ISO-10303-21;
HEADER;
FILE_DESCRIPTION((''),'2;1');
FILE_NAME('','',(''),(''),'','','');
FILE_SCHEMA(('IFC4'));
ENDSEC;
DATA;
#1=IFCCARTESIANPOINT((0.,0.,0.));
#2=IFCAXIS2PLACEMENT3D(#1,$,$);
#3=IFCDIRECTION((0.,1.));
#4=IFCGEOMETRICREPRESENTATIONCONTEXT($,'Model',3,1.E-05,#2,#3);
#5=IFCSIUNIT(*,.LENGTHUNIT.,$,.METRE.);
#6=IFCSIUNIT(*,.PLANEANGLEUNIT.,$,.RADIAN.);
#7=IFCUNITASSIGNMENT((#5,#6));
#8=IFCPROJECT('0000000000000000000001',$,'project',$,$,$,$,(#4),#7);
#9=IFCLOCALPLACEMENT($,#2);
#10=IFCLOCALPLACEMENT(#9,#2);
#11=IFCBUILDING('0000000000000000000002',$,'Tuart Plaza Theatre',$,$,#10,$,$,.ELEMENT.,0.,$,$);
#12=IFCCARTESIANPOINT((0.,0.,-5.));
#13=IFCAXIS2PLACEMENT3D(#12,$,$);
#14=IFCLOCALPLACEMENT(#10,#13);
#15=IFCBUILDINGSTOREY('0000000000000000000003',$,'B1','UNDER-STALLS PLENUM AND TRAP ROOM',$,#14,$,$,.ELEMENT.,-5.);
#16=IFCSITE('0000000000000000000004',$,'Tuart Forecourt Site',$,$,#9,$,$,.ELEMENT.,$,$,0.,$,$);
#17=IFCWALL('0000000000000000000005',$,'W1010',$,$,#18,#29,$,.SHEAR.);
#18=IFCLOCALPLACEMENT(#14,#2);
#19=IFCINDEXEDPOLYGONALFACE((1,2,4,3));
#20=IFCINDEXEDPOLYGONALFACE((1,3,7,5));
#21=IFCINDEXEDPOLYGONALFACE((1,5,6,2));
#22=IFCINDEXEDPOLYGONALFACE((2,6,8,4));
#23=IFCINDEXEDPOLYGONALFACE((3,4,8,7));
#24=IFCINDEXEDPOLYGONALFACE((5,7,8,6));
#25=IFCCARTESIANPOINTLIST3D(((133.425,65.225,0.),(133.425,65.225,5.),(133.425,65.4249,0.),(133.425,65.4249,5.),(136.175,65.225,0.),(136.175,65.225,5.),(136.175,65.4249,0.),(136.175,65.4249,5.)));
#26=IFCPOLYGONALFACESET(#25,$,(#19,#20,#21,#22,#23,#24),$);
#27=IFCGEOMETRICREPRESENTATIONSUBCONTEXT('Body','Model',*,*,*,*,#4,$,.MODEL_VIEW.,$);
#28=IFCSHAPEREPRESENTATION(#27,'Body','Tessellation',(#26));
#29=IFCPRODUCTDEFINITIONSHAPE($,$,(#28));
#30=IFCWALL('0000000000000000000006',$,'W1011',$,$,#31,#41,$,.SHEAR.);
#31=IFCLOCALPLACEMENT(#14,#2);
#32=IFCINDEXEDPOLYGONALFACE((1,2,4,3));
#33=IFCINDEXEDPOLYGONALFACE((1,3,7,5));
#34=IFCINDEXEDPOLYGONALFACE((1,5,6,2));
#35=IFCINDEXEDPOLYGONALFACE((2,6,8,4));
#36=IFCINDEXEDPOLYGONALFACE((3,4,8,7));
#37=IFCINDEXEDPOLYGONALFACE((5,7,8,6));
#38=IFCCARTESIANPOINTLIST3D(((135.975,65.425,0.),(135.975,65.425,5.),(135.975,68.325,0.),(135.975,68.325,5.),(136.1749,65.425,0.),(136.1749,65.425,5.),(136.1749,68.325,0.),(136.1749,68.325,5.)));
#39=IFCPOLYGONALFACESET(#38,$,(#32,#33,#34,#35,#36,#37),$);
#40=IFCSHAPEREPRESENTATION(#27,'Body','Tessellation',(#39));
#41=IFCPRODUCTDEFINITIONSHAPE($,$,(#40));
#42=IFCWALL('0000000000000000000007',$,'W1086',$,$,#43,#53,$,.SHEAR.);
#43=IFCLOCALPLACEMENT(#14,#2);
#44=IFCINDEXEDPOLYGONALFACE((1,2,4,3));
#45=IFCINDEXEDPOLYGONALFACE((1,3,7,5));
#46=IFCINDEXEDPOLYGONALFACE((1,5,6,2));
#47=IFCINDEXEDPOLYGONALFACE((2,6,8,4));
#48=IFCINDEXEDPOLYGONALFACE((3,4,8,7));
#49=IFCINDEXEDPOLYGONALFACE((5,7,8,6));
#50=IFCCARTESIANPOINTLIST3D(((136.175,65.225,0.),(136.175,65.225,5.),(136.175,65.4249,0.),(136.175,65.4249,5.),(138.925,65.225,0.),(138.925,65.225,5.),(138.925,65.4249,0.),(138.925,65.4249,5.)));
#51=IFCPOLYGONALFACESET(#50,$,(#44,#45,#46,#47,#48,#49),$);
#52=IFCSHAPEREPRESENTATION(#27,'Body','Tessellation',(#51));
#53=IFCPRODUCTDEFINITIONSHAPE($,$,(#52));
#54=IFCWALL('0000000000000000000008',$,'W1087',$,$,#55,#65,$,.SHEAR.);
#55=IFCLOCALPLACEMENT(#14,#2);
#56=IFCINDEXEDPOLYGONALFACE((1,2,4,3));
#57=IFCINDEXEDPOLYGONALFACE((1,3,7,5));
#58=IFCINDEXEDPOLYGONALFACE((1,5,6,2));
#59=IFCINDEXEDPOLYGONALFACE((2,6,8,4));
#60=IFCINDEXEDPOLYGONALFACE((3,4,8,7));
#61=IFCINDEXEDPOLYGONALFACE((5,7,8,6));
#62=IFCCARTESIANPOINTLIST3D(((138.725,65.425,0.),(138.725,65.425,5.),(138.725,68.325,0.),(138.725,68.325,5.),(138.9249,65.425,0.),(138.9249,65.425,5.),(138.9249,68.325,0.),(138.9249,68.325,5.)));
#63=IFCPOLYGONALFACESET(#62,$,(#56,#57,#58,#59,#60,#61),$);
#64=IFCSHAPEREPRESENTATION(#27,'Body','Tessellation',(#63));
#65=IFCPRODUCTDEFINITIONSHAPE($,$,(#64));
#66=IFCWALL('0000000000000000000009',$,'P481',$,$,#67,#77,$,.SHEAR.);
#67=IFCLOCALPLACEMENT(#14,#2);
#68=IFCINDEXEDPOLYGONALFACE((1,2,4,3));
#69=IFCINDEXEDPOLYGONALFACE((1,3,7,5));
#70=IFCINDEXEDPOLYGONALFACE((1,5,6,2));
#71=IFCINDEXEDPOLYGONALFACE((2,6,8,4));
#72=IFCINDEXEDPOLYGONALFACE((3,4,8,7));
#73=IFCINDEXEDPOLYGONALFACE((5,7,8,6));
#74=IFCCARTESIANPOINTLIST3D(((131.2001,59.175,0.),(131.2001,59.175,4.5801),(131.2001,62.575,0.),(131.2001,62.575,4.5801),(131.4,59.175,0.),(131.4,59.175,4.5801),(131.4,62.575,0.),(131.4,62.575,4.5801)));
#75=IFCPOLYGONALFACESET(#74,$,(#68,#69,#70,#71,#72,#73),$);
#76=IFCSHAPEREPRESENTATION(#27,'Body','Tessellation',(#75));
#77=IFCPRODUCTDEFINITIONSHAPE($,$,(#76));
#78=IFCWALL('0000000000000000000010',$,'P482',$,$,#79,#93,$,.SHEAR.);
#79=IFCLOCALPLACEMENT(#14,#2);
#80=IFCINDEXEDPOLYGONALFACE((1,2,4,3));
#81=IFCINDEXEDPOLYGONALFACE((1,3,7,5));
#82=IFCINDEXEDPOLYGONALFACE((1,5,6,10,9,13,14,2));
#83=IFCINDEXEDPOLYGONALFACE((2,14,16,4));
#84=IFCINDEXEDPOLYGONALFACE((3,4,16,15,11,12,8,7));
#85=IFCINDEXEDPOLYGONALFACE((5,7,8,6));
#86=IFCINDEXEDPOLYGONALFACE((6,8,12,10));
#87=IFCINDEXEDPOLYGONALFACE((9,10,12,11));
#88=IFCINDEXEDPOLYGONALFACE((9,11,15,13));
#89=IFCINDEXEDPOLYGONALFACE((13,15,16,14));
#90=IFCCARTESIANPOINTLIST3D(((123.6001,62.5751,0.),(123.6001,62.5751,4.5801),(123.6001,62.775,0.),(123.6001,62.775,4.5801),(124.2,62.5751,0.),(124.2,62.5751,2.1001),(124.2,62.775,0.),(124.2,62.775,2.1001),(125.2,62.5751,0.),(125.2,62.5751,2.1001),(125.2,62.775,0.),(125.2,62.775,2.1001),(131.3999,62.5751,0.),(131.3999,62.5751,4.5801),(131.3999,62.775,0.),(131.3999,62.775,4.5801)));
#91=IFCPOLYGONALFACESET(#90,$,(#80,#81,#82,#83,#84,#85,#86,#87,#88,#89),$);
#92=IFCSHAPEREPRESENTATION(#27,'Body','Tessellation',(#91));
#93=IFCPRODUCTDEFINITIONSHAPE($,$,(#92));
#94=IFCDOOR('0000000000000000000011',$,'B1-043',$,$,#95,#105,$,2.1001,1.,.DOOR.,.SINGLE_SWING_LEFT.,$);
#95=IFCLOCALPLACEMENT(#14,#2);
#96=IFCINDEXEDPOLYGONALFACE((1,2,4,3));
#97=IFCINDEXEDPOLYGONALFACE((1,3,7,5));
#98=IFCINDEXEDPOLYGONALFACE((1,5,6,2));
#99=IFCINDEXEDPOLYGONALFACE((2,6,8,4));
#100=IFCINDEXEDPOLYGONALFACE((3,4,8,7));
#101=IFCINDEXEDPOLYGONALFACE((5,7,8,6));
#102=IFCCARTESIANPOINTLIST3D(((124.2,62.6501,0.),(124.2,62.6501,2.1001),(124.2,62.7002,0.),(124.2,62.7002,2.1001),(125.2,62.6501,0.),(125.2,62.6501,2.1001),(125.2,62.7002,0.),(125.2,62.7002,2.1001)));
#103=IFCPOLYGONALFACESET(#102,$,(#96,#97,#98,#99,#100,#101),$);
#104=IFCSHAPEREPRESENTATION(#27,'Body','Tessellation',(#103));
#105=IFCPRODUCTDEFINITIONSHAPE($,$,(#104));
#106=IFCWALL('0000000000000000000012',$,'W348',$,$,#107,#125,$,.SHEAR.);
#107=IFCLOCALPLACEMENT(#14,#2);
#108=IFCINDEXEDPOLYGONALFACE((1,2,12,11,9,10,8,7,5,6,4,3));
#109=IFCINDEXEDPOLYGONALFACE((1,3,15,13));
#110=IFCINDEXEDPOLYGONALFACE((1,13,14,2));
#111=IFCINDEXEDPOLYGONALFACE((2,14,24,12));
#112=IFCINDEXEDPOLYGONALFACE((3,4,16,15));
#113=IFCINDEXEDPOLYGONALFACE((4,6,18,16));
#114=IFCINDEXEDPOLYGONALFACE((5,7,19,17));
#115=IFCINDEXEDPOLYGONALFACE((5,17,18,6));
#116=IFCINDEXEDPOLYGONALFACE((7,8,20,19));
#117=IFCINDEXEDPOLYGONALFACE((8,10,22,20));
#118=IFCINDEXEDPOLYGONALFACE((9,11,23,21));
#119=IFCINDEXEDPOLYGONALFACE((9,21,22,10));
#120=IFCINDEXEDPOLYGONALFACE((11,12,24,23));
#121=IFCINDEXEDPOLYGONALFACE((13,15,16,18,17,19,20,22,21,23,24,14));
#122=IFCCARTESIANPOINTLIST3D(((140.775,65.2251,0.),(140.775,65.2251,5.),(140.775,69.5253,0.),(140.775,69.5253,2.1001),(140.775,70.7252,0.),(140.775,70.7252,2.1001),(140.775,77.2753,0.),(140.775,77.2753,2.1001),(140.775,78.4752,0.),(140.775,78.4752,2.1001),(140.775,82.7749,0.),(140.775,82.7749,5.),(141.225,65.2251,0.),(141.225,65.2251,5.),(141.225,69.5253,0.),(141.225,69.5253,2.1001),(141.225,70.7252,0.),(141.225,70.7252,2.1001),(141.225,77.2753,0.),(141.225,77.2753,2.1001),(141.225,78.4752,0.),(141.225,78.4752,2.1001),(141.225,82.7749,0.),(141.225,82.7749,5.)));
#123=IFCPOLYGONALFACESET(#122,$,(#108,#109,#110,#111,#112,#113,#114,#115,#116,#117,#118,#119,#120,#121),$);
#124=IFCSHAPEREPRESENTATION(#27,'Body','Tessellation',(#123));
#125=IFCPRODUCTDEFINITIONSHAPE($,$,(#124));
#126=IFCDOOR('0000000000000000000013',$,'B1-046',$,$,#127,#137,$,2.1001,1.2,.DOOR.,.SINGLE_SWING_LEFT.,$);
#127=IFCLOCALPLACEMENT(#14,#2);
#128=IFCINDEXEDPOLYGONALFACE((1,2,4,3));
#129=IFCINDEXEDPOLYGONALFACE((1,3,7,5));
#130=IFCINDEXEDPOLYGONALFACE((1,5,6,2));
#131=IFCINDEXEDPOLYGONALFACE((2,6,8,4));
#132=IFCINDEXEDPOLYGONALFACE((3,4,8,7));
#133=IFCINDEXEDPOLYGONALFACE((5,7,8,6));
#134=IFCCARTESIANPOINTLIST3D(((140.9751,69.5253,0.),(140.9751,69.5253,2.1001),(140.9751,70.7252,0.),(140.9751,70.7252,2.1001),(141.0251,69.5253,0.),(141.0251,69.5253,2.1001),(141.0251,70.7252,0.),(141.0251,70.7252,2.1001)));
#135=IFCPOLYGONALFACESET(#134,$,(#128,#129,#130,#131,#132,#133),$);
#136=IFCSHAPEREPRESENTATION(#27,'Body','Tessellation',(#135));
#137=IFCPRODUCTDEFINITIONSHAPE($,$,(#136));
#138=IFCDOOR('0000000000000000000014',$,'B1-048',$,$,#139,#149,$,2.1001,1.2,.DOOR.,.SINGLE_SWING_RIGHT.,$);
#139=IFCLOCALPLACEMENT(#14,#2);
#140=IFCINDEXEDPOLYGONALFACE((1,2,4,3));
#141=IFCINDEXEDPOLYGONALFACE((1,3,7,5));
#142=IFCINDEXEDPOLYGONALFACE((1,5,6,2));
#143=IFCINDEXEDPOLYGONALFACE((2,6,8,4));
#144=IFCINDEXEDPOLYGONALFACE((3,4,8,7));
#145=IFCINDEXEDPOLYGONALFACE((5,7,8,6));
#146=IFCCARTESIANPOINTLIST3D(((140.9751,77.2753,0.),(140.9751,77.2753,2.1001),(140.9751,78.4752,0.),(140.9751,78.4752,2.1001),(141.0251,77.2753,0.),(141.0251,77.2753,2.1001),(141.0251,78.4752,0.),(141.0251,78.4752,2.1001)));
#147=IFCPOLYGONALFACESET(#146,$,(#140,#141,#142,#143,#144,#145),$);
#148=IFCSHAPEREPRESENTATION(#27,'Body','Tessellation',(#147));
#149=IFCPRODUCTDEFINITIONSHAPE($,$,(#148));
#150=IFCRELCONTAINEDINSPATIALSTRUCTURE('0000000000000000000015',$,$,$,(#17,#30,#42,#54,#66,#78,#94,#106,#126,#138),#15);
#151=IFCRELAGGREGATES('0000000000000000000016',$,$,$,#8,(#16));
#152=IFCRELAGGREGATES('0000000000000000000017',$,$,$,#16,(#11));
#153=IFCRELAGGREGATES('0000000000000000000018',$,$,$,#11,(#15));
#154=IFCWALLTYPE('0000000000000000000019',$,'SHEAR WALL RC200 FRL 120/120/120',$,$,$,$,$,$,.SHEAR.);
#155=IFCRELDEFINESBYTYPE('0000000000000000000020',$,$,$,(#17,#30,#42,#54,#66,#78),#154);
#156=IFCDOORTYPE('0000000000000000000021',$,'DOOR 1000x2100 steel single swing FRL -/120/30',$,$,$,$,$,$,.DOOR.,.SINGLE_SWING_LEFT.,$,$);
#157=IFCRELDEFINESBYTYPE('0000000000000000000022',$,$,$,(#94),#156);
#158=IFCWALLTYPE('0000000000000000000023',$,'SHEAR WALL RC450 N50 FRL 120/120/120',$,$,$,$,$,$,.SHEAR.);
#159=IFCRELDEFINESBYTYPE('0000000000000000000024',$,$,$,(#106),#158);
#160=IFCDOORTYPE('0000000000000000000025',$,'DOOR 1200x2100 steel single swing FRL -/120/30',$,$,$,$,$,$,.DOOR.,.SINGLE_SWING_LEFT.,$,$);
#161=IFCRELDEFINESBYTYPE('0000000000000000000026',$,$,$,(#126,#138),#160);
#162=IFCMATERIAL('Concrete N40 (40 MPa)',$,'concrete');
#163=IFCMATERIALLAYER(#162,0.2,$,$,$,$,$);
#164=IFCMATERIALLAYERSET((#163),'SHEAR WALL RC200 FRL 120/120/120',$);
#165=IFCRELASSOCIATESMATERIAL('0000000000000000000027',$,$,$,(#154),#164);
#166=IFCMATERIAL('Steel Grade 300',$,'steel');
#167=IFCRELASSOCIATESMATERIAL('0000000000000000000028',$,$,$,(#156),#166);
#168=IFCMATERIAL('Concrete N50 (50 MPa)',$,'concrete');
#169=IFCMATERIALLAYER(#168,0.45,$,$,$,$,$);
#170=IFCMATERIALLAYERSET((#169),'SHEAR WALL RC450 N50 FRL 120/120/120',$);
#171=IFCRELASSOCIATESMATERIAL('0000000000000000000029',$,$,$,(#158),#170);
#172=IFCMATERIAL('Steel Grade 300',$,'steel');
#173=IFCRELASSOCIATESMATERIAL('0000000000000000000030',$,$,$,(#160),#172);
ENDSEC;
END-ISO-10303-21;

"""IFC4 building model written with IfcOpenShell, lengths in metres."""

from ifc_helpers import new_model, si_unit, direction, frame, frame_2d, origin, place, context, subcontext, project, spatial, rectangle, extrude, material, layer, layer_set, type_object, element, fill, save


model = new_model("IFC4")

# Units and contexts
model_context = context("Model", 3, precision=1e-05, world=origin(), true_north=direction((0.0, 1.0)))
body_context = subcontext(model_context, "Body", "Model", "MODEL_VIEW")
ifc_project = project(units=[si_unit("LENGTHUNIT", "METRE"), si_unit("PLANEANGLEUNIT", "RADIAN")], contexts=[model_context])

# Site, building, storey
site_placement = place(None, origin())
site = spatial("IfcSite", under=ifc_project, at=site_placement, Name="Tuart Forecourt Site", CompositionType="ELEMENT", RefElevation=0.0)
building_placement = place(site_placement, origin())
building = spatial("IfcBuilding", under=site, at=building_placement, Name="Tuart Plaza Theatre", CompositionType="ELEMENT", ElevationOfRefHeight=0.0)
storey_placement = place(building_placement, frame((0.0, 0.0, -5.0)))
storey = spatial("IfcBuildingStorey", under=building, at=storey_placement, Name="B1", Description="UNDER-STALLS PLENUM AND TRAP ROOM", CompositionType="ELEMENT", Elevation=-5.0)

# Walls
ifc_material_1 = material(Name="Concrete N40 (40 MPa)", Category="concrete")
ifc_layer_1 = layer(ifc_material_1, 0.2)
ifc_layer_set_1 = layer_set([ifc_layer_1], Name="SHEAR WALL RC200 FRL 120/120/120")
wall_type_1 = type_object("IfcWallType", Name="SHEAR WALL RC200 FRL 120/120/120", PredefinedType="SHEAR", material=ifc_layer_set_1)
wall_1_placement = place(storey_placement, frame((133.425, 65.325, 0.0), z_axis=(0.0, 0.0, 1.0), x_axis=(1.0, 0.0, 0.0)))
element("IfcWall", 1, at=wall_1_placement, inside=storey, type_object=wall_type_1, Name="W1010", PredefinedType="SHEAR", context=body_context, shape_type="SweptSolid", body=[
    extrude(rectangle(XDim=2.75, YDim=0.2, at=frame_2d((1.375, 0.0))), origin(), (0.0, 0.0, 1.0), 5.0),
])
wall_2_placement = place(storey_placement, frame((136.075, 65.425, 0.0), z_axis=(0.0, 0.0, 1.0), x_axis=(0.0, 1.0, 0.0)))
element("IfcWall", 2, at=wall_2_placement, inside=storey, type_object=wall_type_1, Name="W1011", PredefinedType="SHEAR", context=body_context, shape_type="SweptSolid", body=[
    extrude(rectangle(XDim=2.8999, YDim=0.2, at=frame_2d((1.45, 0.0))), origin(), (0.0, 0.0, 1.0), 5.0),
])
wall_3_placement = place(storey_placement, frame((136.175, 65.325, 0.0), z_axis=(0.0, 0.0, 1.0), x_axis=(1.0, 0.0, 0.0)))
element("IfcWall", 3, at=wall_3_placement, inside=storey, type_object=wall_type_1, Name="W1086", PredefinedType="SHEAR", context=body_context, shape_type="SweptSolid", body=[
    extrude(rectangle(XDim=2.75, YDim=0.2, at=frame_2d((1.375, 0.0))), origin(), (0.0, 0.0, 1.0), 5.0),
])
wall_4_placement = place(storey_placement, frame((138.825, 65.425, 0.0), z_axis=(0.0, 0.0, 1.0), x_axis=(0.0, 1.0, 0.0)))
element("IfcWall", 4, at=wall_4_placement, inside=storey, type_object=wall_type_1, Name="W1087", PredefinedType="SHEAR", context=body_context, shape_type="SweptSolid", body=[
    extrude(rectangle(XDim=2.8999, YDim=0.2, at=frame_2d((1.45, 0.0))), origin(), (0.0, 0.0, 1.0), 5.0),
])
wall_5_placement = place(storey_placement, frame((131.3, 59.175, 0.0), z_axis=(0.0, 0.0, 1.0), x_axis=(0.0, 1.0, 0.0)))
element("IfcWall", 5, at=wall_5_placement, inside=storey, type_object=wall_type_1, Name="P481", PredefinedType="SHEAR", context=body_context, shape_type="SweptSolid", body=[
    extrude(rectangle(XDim=3.3999, YDim=0.2, at=frame_2d((1.7, 0.0))), origin(), (0.0, 0.0, 1.0), 4.5801),
])

# Wall, opening, door
wall_6_placement = place(storey_placement, frame((131.3999, 62.675, 0.0), z_axis=(0.0, 0.0, 1.0), x_axis=(-1.0, 0.0, 0.0)))
wall_6 = element("IfcWall", 6, at=wall_6_placement, inside=storey, type_object=wall_type_1, Name="P482", PredefinedType="SHEAR", context=body_context, shape_type="SweptSolid", body=[
    extrude(rectangle(XDim=7.7998, YDim=0.2, at=frame_2d((3.8999, 0.0))), origin(), (0.0, 0.0, 1.0), 4.5801),
])
opening_1_placement = place(wall_6_placement, frame((6.2, 0.0, 0.0)))
opening_1 = element("IfcOpeningElement", 7, at=opening_1_placement, cuts=wall_6, PredefinedType="OPENING", context=body_context, shape_type="SweptSolid", body=[
    extrude(rectangle(XDim=1.0, YDim=2.1001, at=frame_2d((0.5, 1.05))), frame((0.0, 0.1099, 0.0), z_axis=(0.0, -1.0, 0.0), x_axis=(1.0, 0.0, 0.0)), (0.0, 0.0, 1.0), 0.22),
])
ifc_material_2 = material(Name="Steel Grade 300", Category="steel")
door_type_1 = type_object("IfcDoorType", Name="DOOR 1000x2100 steel single swing FRL -/120/30", OperationType="SINGLE_SWING_LEFT", PredefinedType="DOOR", material=ifc_material_2)
door_1_placement = place(opening_1_placement, origin())
door_1 = element("IfcDoor", 8, at=door_1_placement, inside=storey, type_object=door_type_1, Name="B1-043", OperationType="SINGLE_SWING_LEFT", OverallHeight=2.1001, OverallWidth=1.0, PredefinedType="DOOR", context=body_context, shape_type="SweptSolid", body=[
    extrude(rectangle(XDim=1.0, YDim=2.1001, at=frame_2d((0.5, 1.05))), frame((0.0, 0.0249, 0.0), z_axis=(0.0, -1.0, 0.0), x_axis=(1.0, 0.0, 0.0)), (0.0, 0.0, 1.0), 0.05),
])
fill(opening_1, door_1)

# Wall, openings, doors
ifc_material_3 = material(Name="Concrete N50 (50 MPa)", Category="concrete")
ifc_layer_2 = layer(ifc_material_3, 0.45)
ifc_layer_set_2 = layer_set([ifc_layer_2], Name="SHEAR WALL RC450 N50 FRL 120/120/120")
wall_type_2 = type_object("IfcWallType", Name="SHEAR WALL RC450 N50 FRL 120/120/120", PredefinedType="SHEAR", material=ifc_layer_set_2)
wall_7_placement = place(storey_placement, frame((141.0, 65.2251, 0.0), z_axis=(0.0, 0.0, 1.0), x_axis=(0.0, 1.0, 0.0)))
wall_7 = element("IfcWall", 9, at=wall_7_placement, inside=storey, type_object=wall_type_2, Name="W348", PredefinedType="SHEAR", context=body_context, shape_type="SweptSolid", body=[
    extrude(rectangle(XDim=17.5498, YDim=0.45, at=frame_2d((8.7749, 0.0))), origin(), (0.0, 0.0, 1.0), 5.0),
])
opening_2_placement = place(wall_7_placement, frame((4.3, 0.0, 0.0)))
opening_2 = element("IfcOpeningElement", 10, at=opening_2_placement, cuts=wall_7, PredefinedType="OPENING", context=body_context, shape_type="SweptSolid", body=[
    extrude(rectangle(XDim=1.2, YDim=2.1001, at=frame_2d((0.6001, 1.05))), frame((0.0, 0.2349, 0.0), z_axis=(0.0, -1.0, 0.0), x_axis=(1.0, 0.0, 0.0)), (0.0, 0.0, 1.0), 0.47),
])
opening_3_placement = place(wall_7_placement, frame((12.05, 0.0, 0.0)))
opening_3 = element("IfcOpeningElement", 11, at=opening_3_placement, cuts=wall_7, PredefinedType="OPENING", context=body_context, shape_type="SweptSolid", body=[
    extrude(rectangle(XDim=1.2, YDim=2.1001, at=frame_2d((0.6001, 1.05))), frame((0.0, 0.2349, 0.0), z_axis=(0.0, -1.0, 0.0), x_axis=(1.0, 0.0, 0.0)), (0.0, 0.0, 1.0), 0.47),
])
ifc_material_4 = material(Name="Steel Grade 300", Category="steel")
door_type_2 = type_object("IfcDoorType", Name="DOOR 1200x2100 steel single swing FRL -/120/30", OperationType="SINGLE_SWING_LEFT", PredefinedType="DOOR", material=ifc_material_4)
door_2_placement = place(opening_2_placement, origin())
door_2 = element("IfcDoor", 12, at=door_2_placement, inside=storey, type_object=door_type_2, Name="B1-046", OperationType="SINGLE_SWING_LEFT", OverallHeight=2.1001, OverallWidth=1.2, PredefinedType="DOOR", context=body_context, shape_type="SweptSolid", body=[
    extrude(rectangle(XDim=1.2, YDim=2.1001, at=frame_2d((0.6001, 1.05))), frame((0.0, 0.0249, 0.0), z_axis=(0.0, -1.0, 0.0), x_axis=(1.0, 0.0, 0.0)), (0.0, 0.0, 1.0), 0.05),
])
fill(opening_2, door_2)
door_3_placement = place(opening_3_placement, origin())
door_3 = element("IfcDoor", 13, at=door_3_placement, inside=storey, type_object=door_type_2, Name="B1-048", OperationType="SINGLE_SWING_RIGHT", OverallHeight=2.1001, OverallWidth=1.2, PredefinedType="DOOR", context=body_context, shape_type="SweptSolid", body=[
    extrude(rectangle(XDim=1.2, YDim=2.1001, at=frame_2d((0.6001, 1.05))), frame((0.0, 0.0249, 0.0), z_axis=(0.0, -1.0, 0.0), x_axis=(1.0, 0.0, 0.0)), (0.0, 0.0, 1.0), 0.05),
])
fill(opening_3, door_3)

save(model, "model.ifc")
